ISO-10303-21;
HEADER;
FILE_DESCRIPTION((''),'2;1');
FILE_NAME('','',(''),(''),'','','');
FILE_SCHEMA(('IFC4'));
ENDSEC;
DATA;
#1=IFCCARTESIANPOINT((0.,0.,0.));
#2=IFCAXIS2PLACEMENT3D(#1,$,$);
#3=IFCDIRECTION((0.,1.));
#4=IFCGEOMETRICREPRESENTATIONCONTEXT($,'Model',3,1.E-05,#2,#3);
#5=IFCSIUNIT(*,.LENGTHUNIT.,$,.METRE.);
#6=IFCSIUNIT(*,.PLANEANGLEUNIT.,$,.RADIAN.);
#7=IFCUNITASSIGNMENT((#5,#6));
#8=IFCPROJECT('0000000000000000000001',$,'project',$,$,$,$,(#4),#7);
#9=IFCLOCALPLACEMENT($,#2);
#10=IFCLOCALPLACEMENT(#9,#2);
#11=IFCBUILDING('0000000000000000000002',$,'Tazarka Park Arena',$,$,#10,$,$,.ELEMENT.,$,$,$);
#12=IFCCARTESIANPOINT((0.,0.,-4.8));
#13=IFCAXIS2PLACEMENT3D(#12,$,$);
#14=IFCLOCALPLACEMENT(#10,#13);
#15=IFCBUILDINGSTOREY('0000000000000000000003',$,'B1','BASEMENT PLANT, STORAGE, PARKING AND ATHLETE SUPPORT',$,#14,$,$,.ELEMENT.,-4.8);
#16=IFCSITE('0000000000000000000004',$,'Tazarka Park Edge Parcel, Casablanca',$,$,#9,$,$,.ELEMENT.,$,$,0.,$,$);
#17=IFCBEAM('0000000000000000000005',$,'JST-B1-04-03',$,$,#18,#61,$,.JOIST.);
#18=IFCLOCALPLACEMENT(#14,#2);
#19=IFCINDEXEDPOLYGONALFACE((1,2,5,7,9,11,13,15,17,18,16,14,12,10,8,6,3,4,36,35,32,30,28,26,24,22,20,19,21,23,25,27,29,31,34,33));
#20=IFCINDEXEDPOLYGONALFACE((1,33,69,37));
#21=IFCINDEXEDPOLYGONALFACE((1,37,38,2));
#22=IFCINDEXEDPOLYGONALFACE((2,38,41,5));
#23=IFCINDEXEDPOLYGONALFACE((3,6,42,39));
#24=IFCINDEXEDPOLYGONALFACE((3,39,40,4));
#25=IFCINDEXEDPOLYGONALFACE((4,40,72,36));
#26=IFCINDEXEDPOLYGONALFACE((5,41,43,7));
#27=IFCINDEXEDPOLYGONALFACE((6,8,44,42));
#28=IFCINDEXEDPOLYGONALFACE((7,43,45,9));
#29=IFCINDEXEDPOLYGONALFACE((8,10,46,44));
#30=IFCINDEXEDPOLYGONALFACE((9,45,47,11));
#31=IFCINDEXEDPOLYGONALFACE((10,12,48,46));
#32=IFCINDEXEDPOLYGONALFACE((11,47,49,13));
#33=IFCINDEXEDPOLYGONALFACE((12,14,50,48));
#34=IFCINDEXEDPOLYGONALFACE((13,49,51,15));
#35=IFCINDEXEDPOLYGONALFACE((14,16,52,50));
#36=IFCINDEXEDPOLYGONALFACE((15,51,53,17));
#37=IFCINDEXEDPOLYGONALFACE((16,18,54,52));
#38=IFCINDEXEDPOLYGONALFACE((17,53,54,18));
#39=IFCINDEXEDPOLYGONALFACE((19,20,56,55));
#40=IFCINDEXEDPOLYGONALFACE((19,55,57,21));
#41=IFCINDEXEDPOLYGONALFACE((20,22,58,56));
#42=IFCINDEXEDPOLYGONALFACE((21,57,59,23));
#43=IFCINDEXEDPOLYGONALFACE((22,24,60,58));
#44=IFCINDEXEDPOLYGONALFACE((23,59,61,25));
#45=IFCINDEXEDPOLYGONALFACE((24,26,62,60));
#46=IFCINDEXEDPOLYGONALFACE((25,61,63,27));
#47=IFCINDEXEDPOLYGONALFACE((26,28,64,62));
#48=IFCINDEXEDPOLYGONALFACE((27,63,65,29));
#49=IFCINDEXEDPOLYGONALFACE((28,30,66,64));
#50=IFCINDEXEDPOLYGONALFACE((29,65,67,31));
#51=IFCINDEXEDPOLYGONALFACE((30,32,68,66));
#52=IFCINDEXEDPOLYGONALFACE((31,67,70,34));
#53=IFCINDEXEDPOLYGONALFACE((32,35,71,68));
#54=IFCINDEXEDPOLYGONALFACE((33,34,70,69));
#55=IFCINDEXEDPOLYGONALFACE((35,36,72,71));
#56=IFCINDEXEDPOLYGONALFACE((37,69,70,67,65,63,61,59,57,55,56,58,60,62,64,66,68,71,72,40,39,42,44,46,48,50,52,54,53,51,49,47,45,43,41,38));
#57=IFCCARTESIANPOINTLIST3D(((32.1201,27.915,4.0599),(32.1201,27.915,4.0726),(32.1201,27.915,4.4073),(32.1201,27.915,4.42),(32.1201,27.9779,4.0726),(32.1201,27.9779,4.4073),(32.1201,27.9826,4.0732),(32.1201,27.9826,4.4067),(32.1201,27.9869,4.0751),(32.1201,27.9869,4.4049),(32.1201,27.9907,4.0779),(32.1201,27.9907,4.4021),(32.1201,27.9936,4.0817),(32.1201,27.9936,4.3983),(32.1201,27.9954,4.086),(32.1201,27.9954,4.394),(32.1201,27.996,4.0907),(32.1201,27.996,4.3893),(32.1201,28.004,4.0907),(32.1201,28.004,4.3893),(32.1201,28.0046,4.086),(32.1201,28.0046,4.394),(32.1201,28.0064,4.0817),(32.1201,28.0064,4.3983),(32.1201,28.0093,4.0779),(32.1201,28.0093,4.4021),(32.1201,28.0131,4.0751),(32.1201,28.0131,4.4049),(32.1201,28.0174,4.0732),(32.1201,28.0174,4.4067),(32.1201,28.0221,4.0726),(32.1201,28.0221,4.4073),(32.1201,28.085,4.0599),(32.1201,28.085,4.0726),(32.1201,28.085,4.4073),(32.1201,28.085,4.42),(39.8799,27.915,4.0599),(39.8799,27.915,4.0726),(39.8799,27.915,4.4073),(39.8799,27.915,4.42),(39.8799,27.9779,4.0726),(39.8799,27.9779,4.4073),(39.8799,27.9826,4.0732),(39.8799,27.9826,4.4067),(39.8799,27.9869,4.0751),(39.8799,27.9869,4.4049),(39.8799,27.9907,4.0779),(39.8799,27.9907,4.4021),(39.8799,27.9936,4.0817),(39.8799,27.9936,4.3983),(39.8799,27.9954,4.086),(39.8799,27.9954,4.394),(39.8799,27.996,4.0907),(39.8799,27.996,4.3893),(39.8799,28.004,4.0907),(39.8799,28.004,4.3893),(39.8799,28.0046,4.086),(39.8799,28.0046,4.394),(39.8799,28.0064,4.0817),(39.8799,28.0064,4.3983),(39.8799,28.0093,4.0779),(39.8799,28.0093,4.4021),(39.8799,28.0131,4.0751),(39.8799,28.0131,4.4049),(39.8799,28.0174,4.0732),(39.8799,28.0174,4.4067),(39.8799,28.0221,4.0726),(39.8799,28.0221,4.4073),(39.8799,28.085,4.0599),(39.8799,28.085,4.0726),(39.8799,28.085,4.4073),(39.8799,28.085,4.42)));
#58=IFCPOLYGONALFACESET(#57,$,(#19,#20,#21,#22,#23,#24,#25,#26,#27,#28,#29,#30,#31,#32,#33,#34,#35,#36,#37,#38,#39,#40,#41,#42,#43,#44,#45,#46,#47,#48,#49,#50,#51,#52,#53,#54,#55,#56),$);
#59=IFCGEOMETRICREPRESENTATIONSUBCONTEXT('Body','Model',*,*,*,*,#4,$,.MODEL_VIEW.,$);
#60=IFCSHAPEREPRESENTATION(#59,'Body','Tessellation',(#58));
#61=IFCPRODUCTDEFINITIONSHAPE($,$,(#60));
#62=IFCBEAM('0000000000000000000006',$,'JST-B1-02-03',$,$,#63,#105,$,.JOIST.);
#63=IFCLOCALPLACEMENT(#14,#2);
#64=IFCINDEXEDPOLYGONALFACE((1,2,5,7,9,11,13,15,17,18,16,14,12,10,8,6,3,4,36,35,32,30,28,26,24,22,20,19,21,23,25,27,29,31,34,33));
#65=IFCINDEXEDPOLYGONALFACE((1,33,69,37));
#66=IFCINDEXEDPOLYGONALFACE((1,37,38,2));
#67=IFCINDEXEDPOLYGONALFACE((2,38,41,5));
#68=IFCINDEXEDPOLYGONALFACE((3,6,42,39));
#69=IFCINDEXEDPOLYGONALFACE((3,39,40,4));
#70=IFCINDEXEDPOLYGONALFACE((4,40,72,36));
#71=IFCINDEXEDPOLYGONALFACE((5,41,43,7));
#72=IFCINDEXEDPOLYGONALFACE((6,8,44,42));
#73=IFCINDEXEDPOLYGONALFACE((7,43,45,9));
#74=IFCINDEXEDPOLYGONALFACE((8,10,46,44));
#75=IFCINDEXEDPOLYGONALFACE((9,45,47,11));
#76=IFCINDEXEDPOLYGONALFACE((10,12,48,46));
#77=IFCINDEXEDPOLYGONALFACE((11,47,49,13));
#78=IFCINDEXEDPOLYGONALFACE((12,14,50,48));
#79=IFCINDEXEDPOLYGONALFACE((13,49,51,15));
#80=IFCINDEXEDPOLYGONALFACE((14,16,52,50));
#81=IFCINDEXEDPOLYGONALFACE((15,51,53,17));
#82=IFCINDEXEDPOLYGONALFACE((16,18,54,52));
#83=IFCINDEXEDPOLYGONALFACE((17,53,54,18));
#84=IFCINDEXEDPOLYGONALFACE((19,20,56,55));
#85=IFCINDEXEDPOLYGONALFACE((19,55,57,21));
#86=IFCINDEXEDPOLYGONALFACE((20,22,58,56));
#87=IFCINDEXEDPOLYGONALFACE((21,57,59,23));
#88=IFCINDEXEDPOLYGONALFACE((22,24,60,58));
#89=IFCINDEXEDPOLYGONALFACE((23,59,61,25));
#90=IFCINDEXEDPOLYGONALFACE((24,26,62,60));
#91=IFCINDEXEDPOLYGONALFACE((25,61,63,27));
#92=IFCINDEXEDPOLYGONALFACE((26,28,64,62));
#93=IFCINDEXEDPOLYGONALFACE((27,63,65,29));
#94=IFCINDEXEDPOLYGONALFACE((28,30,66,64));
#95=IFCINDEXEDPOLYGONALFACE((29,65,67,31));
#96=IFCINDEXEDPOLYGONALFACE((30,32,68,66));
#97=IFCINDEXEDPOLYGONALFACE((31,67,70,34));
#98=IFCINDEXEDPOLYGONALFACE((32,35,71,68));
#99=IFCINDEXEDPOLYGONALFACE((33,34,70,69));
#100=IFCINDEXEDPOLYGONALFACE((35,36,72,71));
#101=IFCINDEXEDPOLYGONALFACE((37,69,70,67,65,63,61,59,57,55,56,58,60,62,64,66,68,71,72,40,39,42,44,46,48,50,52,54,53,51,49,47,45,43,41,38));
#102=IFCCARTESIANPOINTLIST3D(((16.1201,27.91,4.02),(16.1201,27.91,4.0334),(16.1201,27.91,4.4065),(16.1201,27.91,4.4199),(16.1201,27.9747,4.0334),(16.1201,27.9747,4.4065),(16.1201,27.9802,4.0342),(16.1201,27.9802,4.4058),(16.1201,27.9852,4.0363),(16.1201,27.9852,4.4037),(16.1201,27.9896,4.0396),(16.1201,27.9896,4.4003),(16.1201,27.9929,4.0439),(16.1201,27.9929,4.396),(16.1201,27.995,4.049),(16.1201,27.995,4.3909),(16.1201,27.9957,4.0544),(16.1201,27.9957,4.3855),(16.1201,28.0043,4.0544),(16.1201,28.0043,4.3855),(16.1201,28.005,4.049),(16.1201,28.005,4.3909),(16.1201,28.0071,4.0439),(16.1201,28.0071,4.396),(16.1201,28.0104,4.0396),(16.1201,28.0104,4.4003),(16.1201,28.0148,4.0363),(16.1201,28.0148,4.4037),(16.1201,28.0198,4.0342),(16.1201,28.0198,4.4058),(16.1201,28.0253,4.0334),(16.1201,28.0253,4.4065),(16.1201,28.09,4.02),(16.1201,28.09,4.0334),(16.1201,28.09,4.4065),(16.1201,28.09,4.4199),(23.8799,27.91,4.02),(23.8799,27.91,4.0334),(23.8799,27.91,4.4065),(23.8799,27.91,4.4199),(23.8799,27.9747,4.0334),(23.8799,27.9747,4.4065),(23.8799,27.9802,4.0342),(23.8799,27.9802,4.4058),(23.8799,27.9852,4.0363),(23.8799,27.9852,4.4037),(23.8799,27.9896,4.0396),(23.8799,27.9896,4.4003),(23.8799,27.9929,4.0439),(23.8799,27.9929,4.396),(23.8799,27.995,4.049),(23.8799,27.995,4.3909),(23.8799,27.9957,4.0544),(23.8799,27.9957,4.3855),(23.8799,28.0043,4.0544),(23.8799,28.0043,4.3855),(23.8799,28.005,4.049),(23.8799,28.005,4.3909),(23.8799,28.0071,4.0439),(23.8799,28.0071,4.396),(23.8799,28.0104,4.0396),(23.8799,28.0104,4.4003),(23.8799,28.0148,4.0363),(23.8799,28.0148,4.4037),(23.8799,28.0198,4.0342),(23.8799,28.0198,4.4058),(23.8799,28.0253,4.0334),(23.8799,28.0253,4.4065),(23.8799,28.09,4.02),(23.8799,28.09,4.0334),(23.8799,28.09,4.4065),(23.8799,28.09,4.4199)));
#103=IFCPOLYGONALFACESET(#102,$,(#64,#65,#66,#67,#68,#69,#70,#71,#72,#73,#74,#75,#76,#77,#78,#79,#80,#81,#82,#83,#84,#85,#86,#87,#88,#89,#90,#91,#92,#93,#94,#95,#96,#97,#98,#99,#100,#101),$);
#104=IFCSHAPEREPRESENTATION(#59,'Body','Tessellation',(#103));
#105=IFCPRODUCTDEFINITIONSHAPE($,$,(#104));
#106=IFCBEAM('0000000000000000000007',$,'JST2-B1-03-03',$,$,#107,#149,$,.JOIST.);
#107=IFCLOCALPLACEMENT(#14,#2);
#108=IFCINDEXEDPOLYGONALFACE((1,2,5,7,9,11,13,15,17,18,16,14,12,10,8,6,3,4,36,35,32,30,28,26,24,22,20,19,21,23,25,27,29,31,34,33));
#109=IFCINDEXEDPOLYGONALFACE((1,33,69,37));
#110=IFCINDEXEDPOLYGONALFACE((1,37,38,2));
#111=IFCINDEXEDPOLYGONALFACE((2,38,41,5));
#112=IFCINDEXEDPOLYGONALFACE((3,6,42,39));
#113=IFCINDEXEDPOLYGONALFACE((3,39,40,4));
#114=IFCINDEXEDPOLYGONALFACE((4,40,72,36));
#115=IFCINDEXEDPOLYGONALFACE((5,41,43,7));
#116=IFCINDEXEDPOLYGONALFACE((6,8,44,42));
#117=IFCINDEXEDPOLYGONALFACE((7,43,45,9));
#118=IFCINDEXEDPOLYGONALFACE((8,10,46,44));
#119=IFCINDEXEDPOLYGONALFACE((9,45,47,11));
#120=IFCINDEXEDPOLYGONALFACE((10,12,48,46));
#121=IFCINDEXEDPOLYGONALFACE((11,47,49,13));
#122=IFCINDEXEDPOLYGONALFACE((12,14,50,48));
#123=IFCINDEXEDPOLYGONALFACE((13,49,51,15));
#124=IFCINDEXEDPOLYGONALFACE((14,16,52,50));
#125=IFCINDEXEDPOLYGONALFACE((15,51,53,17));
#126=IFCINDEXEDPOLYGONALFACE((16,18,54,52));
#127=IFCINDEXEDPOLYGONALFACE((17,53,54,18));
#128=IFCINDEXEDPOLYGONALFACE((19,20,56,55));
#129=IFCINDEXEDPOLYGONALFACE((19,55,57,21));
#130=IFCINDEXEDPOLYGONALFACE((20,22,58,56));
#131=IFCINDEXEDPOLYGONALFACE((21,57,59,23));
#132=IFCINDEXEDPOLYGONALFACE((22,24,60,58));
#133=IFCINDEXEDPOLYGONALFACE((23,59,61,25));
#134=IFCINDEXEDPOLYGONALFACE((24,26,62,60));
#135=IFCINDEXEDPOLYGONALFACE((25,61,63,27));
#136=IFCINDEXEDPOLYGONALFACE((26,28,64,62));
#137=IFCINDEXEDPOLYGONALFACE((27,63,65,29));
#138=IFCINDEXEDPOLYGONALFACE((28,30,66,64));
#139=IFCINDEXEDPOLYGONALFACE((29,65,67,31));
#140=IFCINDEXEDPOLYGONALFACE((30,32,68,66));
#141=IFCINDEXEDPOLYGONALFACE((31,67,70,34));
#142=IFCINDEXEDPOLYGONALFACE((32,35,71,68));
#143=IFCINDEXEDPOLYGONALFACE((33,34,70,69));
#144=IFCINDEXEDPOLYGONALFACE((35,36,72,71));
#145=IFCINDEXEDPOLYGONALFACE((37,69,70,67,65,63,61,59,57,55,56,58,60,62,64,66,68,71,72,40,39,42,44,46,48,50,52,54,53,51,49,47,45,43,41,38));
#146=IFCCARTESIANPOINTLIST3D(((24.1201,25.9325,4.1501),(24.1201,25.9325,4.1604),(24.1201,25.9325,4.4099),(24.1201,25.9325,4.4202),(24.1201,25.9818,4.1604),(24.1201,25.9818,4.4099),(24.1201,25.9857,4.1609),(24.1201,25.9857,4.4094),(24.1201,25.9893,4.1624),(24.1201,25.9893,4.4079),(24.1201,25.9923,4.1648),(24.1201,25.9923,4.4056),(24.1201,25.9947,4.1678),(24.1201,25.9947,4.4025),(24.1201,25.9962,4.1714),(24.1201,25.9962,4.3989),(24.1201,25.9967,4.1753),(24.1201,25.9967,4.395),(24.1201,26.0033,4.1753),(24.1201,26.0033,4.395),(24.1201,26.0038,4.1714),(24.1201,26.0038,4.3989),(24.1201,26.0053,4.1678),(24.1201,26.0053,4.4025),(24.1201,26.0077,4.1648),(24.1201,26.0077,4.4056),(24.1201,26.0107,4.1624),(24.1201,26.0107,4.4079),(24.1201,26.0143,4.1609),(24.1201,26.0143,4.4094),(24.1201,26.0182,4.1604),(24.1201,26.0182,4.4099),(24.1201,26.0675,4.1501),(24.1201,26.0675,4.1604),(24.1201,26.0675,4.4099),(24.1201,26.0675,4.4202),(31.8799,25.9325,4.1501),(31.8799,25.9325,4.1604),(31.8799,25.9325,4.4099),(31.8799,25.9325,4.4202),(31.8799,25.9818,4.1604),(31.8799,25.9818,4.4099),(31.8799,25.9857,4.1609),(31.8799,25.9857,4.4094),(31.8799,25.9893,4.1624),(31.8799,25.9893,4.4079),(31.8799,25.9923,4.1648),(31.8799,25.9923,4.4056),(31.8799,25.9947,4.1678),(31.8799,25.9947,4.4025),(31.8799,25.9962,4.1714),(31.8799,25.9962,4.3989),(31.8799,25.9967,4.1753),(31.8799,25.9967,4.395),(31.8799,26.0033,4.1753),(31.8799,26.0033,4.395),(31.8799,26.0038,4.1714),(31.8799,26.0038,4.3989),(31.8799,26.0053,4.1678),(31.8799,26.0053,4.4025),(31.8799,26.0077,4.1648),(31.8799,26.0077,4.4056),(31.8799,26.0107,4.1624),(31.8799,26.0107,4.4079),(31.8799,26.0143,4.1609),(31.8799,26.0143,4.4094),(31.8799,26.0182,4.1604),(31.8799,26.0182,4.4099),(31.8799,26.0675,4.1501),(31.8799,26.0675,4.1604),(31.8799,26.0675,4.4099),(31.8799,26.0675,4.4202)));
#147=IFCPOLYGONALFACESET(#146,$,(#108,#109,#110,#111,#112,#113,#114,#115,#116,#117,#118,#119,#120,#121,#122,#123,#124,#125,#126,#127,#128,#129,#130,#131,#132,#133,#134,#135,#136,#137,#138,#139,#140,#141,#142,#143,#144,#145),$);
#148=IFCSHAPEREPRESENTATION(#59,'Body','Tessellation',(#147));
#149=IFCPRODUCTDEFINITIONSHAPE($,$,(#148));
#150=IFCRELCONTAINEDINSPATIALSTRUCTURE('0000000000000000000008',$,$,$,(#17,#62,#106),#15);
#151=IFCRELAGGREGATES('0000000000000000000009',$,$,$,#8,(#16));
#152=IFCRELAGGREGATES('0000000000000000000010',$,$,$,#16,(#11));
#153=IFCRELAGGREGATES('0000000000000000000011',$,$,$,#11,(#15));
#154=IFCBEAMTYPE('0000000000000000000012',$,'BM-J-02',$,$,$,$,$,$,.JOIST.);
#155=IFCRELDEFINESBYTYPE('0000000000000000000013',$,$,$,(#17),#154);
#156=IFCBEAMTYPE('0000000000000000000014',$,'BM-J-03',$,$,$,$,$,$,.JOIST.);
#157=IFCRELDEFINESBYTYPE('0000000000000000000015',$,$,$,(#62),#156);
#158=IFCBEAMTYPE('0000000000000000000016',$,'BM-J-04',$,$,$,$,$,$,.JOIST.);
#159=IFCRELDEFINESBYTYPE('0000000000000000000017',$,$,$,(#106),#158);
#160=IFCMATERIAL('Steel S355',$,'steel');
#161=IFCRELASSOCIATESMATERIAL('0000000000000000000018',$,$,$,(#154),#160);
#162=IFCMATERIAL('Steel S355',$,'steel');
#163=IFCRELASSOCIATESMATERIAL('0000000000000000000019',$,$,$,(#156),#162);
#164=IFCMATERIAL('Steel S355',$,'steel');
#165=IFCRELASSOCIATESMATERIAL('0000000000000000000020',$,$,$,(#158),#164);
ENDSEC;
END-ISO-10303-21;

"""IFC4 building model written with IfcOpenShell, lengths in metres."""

from ifc_helpers import new_model, si_unit, direction, frame, origin, origin_2d, place, context, subcontext, project, spatial, i_section, extrude, material, material_profile, profile_set, type_object, element, save


model = new_model("IFC4")

# Units and contexts
model_context = context("Model", 3, precision=1e-05, world=origin(), true_north=direction((0.0, 1.0)))
body_context = subcontext(model_context, "Body", "Model", "MODEL_VIEW")
ifc_project = project(units=[si_unit("LENGTHUNIT", "METRE"), si_unit("PLANEANGLEUNIT", "RADIAN")], contexts=[model_context])

# Site, building, storey
site_placement = place(None, origin())
site = spatial("IfcSite", under=ifc_project, at=site_placement, Name="Tazarka Park Edge Parcel, Casablanca", CompositionType="ELEMENT", RefElevation=0.0)
building_placement = place(site_placement, origin())
building = spatial("IfcBuilding", under=site, at=building_placement, Name="Tazarka Park Arena", CompositionType="ELEMENT")
storey_placement = place(building_placement, frame((0.0, 0.0, -4.8)))
storey = spatial("IfcBuildingStorey", under=building, at=storey_placement, Name="B1", Description="BASEMENT PLANT, STORAGE, PARKING AND ATHLETE SUPPORT", CompositionType="ELEMENT", Elevation=-4.8)

# Beams
ifc_material_1 = material(Name="Steel S355", Category="steel")
ifc_material_profile_1 = material_profile(ifc_material_1, i_section(OverallWidth=0.1699, OverallDepth=0.3601, WebThickness=0.0081, FlangeThickness=0.0127, FilletRadius=0.0181, at=origin_2d()), Name="Steel S355")
ifc_profile_set_1 = profile_set([ifc_material_profile_1], Name="Steel S355")
beam_type_1 = type_object("IfcBeamType", Name="BM-J-02", PredefinedType="JOIST", material=ifc_profile_set_1)
beam_1_placement = place(storey_placement, frame((32.1201, 28.0, 4.24), z_axis=(1.0, 0.0, 0.0), x_axis=(0.0, 1.0, 0.0)))
element("IfcBeam", 1, at=beam_1_placement, inside=storey, type_object=beam_type_1, Name="JST-B1-04-03", PredefinedType="JOIST", context=body_context, shape_type="SweptSolid", body=[
    extrude(i_section(OverallWidth=0.1699, OverallDepth=0.3601, WebThickness=0.0081, FlangeThickness=0.0127, FilletRadius=0.0181, at=origin_2d()), origin(), (0.0, 0.0, 1.0), 7.7598),
])
ifc_material_2 = material(Name="Steel S355", Category="steel")
ifc_material_profile_2 = material_profile(ifc_material_2, i_section(OverallWidth=0.1799, OverallDepth=0.3999, WebThickness=0.0085, FlangeThickness=0.0134, FilletRadius=0.021, at=origin_2d()), Name="Steel S355")
ifc_profile_set_2 = profile_set([ifc_material_profile_2], Name="Steel S355")
beam_type_2 = type_object("IfcBeamType", Name="BM-J-03", PredefinedType="JOIST", material=ifc_profile_set_2)
beam_2_placement = place(storey_placement, frame((16.1201, 28.0, 4.22), z_axis=(1.0, 0.0, 0.0), x_axis=(0.0, 1.0, 0.0)))
element("IfcBeam", 2, at=beam_2_placement, inside=storey, type_object=beam_type_2, Name="JST-B1-02-03", PredefinedType="JOIST", context=body_context, shape_type="SweptSolid", body=[
    extrude(i_section(OverallWidth=0.1799, OverallDepth=0.3999, WebThickness=0.0085, FlangeThickness=0.0134, FilletRadius=0.021, at=origin_2d()), origin(), (0.0, 0.0, 1.0), 7.7598),
])
ifc_material_3 = material(Name="Steel S355", Category="steel")
ifc_material_profile_3 = material_profile(ifc_material_3, i_section(OverallWidth=0.135, OverallDepth=0.27, WebThickness=0.0066, FlangeThickness=0.0103, FilletRadius=0.0149, at=origin_2d()), Name="Steel S355")
ifc_profile_set_3 = profile_set([ifc_material_profile_3], Name="Steel S355")
beam_type_3 = type_object("IfcBeamType", Name="BM-J-04", PredefinedType="JOIST", material=ifc_profile_set_3)
beam_3_placement = place(storey_placement, frame((24.1201, 26.0, 4.2852), z_axis=(1.0, 0.0, 0.0), x_axis=(0.0, 1.0, 0.0)))
element("IfcBeam", 3, at=beam_3_placement, inside=storey, type_object=beam_type_3, Name="JST2-B1-03-03", PredefinedType="JOIST", context=body_context, shape_type="SweptSolid", body=[
    extrude(i_section(OverallWidth=0.135, OverallDepth=0.27, WebThickness=0.0066, FlangeThickness=0.0103, FilletRadius=0.0149, at=origin_2d()), origin(), (0.0, 0.0, 1.0), 7.7598),
])

save(model, "model.ifc")
